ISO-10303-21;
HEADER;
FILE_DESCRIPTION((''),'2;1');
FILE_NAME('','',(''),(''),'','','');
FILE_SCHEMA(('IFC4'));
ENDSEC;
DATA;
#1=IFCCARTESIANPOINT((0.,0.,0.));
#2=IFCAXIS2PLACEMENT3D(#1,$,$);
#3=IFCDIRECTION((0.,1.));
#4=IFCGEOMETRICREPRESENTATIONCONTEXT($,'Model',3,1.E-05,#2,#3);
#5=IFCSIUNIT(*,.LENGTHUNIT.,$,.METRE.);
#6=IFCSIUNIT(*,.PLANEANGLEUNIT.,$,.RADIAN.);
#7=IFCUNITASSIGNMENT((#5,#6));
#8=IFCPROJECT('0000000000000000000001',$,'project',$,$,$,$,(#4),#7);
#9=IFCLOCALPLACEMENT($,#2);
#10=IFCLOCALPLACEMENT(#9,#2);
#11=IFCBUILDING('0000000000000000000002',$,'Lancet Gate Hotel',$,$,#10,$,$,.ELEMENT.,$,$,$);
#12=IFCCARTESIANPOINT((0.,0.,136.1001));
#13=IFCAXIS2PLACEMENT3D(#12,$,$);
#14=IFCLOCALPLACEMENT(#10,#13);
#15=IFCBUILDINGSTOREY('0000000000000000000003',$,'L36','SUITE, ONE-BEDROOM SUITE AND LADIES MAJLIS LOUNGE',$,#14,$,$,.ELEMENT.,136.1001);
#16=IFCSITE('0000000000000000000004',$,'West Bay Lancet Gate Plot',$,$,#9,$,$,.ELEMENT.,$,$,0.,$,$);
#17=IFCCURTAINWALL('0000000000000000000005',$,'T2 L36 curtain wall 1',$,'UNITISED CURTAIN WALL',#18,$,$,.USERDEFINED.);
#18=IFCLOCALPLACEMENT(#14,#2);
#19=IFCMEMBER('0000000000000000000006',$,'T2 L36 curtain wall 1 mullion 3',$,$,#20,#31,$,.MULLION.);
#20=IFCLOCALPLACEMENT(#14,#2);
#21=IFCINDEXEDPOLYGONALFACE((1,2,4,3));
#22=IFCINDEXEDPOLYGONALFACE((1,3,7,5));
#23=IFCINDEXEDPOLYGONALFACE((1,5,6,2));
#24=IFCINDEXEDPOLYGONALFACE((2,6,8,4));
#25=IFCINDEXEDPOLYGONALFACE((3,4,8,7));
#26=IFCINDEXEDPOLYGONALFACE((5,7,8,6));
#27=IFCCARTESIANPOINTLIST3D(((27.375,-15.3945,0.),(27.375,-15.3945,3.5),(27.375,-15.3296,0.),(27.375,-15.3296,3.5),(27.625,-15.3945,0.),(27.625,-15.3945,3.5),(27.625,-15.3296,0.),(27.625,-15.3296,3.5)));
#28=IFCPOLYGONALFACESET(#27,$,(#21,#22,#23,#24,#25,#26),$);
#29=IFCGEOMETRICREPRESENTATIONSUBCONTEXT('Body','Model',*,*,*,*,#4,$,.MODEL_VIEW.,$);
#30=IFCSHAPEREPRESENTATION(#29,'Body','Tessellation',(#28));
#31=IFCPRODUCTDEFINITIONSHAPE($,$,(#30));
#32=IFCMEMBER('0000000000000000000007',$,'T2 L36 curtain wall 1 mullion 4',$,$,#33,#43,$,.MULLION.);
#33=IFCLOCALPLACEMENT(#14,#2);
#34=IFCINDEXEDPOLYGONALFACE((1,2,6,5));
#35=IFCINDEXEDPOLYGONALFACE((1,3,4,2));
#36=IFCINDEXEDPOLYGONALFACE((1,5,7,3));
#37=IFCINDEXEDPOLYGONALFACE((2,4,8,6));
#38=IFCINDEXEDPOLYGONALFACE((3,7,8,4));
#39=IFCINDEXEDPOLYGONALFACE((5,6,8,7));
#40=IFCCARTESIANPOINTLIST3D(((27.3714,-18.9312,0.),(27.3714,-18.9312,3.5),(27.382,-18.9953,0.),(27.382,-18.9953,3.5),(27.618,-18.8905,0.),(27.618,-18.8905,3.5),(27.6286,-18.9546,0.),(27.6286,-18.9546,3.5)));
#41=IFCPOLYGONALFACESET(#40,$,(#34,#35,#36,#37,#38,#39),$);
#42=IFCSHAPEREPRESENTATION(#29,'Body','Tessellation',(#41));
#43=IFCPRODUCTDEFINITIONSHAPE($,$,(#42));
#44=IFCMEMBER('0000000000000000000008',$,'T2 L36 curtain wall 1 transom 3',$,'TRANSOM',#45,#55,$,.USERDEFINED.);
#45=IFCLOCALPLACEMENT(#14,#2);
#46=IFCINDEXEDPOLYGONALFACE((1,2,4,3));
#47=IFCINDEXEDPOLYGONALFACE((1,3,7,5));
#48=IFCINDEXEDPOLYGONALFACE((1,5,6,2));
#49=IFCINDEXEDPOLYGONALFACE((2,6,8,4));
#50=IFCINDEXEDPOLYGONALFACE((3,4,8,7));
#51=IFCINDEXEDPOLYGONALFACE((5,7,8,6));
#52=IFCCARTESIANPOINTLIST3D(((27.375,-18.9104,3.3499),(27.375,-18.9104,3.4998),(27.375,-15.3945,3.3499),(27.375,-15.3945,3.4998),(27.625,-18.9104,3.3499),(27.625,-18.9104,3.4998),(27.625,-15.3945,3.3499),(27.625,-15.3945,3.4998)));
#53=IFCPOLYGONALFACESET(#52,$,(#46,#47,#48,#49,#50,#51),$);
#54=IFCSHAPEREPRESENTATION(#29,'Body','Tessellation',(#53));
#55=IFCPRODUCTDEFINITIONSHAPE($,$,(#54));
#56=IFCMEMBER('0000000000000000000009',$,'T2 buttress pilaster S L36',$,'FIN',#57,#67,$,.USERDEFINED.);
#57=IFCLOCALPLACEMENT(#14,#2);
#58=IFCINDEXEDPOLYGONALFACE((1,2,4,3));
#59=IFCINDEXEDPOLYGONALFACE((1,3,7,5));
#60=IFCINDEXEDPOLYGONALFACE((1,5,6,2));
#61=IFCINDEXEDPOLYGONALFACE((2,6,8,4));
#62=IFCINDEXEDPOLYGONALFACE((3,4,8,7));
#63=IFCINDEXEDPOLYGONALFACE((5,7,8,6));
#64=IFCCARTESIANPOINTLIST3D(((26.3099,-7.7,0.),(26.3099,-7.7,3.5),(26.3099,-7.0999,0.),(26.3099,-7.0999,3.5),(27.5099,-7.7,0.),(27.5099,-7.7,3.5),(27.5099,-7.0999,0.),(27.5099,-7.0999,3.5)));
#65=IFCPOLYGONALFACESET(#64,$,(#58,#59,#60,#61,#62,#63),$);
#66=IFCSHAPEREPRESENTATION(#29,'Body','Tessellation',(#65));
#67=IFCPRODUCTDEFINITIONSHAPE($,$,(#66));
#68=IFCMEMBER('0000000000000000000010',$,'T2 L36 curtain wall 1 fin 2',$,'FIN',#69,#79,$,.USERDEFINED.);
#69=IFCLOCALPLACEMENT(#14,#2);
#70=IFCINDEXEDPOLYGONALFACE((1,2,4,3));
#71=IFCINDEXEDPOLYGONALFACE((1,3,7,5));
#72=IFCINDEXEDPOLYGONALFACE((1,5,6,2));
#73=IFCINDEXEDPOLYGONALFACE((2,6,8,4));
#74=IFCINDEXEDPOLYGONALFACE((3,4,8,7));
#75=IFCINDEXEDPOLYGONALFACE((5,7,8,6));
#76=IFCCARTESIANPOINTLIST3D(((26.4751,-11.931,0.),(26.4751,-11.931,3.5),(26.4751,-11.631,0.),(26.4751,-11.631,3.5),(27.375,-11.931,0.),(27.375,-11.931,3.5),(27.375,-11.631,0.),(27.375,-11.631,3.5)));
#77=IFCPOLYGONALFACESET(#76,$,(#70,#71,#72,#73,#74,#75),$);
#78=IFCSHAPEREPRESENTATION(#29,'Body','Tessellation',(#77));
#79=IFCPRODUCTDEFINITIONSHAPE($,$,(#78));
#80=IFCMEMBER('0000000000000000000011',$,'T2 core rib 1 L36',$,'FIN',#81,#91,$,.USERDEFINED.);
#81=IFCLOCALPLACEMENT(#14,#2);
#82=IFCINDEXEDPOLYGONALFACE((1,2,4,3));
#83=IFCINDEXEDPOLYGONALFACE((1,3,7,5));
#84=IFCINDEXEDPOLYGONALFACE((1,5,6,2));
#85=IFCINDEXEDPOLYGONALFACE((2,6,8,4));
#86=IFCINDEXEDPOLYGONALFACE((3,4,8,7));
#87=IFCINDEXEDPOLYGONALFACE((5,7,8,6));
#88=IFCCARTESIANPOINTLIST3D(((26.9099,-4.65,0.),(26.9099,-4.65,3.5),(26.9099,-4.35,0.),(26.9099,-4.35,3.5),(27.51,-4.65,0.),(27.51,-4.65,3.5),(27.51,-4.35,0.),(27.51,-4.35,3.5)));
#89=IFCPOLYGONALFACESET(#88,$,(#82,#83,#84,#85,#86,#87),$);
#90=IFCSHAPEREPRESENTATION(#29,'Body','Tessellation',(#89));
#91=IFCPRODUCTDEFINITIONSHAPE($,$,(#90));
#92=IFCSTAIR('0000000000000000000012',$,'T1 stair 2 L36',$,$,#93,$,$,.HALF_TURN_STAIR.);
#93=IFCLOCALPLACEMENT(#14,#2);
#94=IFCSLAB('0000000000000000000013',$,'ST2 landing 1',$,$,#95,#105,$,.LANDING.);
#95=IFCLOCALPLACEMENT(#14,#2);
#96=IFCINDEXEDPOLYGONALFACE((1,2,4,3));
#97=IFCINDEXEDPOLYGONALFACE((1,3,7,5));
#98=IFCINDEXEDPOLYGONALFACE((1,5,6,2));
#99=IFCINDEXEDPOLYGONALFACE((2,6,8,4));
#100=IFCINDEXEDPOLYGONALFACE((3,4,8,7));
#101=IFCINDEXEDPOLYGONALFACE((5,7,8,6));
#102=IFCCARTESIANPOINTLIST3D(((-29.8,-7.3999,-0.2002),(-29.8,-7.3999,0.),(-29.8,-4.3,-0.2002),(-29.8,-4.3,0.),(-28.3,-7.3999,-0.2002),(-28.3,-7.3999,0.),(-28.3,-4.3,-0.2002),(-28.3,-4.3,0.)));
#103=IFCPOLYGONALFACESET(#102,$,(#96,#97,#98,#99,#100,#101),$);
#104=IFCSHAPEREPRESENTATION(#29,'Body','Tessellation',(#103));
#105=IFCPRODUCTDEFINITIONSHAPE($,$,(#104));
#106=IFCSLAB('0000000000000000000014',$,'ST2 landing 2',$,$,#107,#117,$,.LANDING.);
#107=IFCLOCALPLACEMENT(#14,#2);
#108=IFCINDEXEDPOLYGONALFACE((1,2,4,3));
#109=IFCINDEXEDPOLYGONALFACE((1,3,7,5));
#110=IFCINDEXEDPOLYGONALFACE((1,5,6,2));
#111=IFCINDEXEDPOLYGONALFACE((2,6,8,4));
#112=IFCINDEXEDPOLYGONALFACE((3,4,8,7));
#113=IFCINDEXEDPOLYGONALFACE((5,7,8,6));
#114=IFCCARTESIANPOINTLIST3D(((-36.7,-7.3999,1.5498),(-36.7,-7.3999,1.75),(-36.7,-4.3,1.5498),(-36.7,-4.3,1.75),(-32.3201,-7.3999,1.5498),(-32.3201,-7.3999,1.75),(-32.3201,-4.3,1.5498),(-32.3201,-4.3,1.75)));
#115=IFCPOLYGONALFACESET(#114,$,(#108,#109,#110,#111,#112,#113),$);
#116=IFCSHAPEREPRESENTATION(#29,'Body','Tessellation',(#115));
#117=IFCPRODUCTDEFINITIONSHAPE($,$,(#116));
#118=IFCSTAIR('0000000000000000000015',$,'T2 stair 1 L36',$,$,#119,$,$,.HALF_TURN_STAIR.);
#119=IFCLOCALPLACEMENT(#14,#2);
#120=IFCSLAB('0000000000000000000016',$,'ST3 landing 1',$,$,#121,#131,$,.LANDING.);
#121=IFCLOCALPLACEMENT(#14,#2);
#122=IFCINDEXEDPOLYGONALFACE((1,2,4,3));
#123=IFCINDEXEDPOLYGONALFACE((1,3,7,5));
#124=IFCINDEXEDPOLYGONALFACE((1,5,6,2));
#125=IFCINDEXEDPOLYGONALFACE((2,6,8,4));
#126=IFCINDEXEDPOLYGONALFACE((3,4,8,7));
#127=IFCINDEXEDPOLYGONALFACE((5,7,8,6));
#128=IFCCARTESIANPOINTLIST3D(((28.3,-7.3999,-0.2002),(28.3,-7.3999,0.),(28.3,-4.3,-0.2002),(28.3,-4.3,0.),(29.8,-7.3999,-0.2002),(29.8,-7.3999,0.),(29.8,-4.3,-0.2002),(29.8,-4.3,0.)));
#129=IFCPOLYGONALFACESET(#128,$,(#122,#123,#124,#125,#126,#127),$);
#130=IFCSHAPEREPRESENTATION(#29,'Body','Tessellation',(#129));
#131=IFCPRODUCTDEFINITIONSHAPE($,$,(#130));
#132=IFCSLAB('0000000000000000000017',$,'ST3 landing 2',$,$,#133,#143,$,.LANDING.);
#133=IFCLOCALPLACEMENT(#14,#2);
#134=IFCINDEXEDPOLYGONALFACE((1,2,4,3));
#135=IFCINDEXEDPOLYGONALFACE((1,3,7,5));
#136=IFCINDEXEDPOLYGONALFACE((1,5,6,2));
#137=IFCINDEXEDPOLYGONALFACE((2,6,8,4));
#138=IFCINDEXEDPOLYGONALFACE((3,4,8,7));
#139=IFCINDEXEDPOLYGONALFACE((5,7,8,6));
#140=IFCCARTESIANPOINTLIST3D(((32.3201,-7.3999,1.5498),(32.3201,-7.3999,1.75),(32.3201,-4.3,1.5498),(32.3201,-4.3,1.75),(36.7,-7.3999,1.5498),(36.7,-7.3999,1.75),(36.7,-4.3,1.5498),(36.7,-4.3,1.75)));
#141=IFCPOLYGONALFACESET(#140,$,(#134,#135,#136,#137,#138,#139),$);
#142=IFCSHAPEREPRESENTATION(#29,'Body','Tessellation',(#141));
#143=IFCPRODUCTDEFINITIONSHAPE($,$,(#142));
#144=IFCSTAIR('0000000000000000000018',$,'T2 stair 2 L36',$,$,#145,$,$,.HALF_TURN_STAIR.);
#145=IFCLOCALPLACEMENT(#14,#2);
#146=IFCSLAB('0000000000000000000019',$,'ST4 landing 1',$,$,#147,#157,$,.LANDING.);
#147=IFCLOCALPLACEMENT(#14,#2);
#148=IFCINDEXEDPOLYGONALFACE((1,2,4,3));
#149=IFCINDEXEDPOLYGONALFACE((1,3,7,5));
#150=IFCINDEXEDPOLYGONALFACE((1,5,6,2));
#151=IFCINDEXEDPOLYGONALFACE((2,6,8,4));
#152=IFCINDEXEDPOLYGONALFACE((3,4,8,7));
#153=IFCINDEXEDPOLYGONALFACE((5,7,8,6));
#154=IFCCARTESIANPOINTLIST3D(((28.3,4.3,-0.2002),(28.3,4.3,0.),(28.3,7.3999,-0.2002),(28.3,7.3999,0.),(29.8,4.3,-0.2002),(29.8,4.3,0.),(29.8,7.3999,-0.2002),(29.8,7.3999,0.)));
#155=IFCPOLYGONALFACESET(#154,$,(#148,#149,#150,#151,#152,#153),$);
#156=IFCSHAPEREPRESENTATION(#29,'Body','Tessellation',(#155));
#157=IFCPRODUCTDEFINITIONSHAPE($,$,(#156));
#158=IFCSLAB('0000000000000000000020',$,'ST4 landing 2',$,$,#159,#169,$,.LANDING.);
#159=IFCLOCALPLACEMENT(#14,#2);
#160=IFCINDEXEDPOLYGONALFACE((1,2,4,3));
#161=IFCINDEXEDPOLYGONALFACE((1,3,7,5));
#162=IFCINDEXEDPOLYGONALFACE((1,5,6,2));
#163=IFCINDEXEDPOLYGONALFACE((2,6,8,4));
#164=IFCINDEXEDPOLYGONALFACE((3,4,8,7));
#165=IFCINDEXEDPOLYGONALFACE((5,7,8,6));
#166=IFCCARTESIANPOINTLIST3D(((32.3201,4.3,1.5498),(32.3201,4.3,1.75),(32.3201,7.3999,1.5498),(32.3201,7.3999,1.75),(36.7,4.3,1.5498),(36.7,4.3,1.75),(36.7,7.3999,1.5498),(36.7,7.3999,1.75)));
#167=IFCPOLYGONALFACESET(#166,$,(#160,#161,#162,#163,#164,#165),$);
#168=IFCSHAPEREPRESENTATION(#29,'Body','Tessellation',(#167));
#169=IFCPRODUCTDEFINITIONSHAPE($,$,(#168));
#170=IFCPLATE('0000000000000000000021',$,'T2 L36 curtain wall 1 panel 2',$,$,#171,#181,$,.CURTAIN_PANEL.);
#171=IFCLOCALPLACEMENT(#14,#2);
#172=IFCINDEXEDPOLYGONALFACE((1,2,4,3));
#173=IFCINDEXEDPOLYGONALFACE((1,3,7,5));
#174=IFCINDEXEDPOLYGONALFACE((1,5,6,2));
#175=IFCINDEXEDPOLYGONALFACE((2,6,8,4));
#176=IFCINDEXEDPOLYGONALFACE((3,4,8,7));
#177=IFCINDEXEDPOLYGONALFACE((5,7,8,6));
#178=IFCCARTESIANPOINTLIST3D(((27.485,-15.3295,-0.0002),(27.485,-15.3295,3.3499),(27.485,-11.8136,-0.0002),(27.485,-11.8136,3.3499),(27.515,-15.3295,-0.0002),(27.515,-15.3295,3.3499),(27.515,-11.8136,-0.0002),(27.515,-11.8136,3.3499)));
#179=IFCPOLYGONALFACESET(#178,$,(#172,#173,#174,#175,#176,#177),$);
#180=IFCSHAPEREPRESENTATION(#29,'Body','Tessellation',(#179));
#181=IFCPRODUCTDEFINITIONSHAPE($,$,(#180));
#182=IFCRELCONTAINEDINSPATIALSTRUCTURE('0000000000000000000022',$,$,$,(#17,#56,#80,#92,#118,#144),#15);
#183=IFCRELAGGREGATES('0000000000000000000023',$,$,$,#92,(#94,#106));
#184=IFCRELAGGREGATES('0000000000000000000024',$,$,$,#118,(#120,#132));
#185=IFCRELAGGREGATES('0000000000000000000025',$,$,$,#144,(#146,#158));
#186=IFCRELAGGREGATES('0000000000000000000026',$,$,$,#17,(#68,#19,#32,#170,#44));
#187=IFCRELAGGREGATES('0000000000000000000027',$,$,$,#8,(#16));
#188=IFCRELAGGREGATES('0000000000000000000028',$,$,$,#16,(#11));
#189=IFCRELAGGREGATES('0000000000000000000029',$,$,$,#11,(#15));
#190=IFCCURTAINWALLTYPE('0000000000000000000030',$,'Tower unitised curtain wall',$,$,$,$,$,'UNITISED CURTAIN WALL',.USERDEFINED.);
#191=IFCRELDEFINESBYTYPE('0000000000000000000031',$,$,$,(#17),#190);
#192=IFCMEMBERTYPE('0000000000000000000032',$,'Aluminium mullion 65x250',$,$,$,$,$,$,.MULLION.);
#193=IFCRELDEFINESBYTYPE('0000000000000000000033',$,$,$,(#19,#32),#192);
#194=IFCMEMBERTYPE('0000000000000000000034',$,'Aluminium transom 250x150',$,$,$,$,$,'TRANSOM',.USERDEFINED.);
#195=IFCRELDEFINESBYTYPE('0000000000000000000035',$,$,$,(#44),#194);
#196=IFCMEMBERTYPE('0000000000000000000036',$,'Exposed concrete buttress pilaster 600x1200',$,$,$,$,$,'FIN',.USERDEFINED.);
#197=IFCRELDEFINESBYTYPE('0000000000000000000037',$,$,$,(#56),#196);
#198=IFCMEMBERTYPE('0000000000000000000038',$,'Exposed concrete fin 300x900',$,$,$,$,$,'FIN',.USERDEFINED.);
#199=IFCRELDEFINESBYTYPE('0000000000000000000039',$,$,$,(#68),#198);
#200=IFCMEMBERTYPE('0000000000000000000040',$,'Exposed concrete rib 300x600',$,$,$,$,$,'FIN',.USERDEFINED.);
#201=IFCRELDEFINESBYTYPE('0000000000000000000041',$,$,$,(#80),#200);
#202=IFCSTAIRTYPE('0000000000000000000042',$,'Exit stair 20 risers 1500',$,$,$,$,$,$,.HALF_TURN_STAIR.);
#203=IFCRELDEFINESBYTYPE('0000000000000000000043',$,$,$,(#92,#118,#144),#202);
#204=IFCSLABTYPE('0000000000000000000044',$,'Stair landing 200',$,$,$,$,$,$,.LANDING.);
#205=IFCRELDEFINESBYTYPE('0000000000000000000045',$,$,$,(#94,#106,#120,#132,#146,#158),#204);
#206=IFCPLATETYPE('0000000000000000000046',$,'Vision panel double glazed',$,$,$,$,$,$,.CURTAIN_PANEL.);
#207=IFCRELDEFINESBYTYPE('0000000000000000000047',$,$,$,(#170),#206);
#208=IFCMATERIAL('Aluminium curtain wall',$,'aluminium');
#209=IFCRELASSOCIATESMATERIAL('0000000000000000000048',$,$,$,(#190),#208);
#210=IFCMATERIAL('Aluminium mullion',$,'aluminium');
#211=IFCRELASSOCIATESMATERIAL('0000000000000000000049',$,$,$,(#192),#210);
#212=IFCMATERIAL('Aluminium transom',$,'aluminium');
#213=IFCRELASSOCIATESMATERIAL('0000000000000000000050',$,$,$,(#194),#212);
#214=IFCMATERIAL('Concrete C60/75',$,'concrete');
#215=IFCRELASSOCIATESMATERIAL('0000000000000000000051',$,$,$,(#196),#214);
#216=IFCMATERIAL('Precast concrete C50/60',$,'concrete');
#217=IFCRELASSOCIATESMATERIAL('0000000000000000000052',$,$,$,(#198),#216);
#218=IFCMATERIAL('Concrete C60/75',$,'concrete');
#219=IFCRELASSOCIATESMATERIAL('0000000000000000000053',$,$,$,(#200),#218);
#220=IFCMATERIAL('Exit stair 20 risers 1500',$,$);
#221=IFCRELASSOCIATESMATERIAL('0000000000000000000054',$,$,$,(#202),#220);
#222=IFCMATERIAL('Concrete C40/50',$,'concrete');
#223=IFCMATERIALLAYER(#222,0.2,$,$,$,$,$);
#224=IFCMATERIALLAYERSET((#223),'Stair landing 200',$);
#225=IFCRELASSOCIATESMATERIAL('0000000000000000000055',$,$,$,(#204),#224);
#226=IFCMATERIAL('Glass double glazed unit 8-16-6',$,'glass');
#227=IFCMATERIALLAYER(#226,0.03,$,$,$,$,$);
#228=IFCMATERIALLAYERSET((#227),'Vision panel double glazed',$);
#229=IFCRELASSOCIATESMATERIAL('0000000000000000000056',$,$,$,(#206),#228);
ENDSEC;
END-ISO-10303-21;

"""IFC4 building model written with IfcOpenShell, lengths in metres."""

from ifc_helpers import new_model, si_unit, direction, frame, origin, origin_2d, place, context, subcontext, project, spatial, polyline, rectangle, outline, extrude, material, layer, layer_set, material_profile, profile_set, type_object, element, aggregate, save


model = new_model("IFC4")

# Units and contexts
model_context = context("Model", 3, precision=1e-05, world=origin(), true_north=direction((0.0, 1.0)))
body_context = subcontext(model_context, "Body", "Model", "MODEL_VIEW")
ifc_project = project(units=[si_unit("LENGTHUNIT", "METRE"), si_unit("PLANEANGLEUNIT", "RADIAN")], contexts=[model_context])

# Site, building, storey
site_placement = place(None, origin())
site = spatial("IfcSite", under=ifc_project, at=site_placement, Name="West Bay Lancet Gate Plot", CompositionType="ELEMENT", RefElevation=0.0)
building_placement = place(site_placement, origin())
building = spatial("IfcBuilding", under=site, at=building_placement, Name="Lancet Gate Hotel", CompositionType="ELEMENT")
storey_placement = place(building_placement, frame((0.0, 0.0, 136.1001)))
storey = spatial("IfcBuildingStorey", under=building, at=storey_placement, Name="L36", Description="SUITE, ONE-BEDROOM SUITE AND LADIES MAJLIS LOUNGE", CompositionType="ELEMENT", Elevation=136.1001)

# Curtain wall, members
ifc_material_1 = material(Name="Aluminium curtain wall", Category="aluminium")
curtain_wall_type = type_object("IfcCurtainWallType", Name="Tower unitised curtain wall", ElementType="UNITISED CURTAIN WALL", PredefinedType="USERDEFINED", material=ifc_material_1)
curtain_wall_placement = place(storey_placement, origin())
curtain_wall = element("IfcCurtainWall", 1, at=curtain_wall_placement, inside=storey, type_object=curtain_wall_type, Name="T2 L36 curtain wall 1", ObjectType="UNITISED CURTAIN WALL", PredefinedType="USERDEFINED")
ifc_material_2 = material(Name="Aluminium mullion", Category="aluminium")
ifc_material_profile_1 = material_profile(ifc_material_2, rectangle(XDim=0.0649, YDim=0.25, at=origin_2d()), Name="MULLION 65x250")
ifc_profile_set_1 = profile_set([ifc_material_profile_1], Name="Aluminium mullion")
member_type_1 = type_object("IfcMemberType", Name="Aluminium mullion 65x250", PredefinedType="MULLION", material=ifc_profile_set_1)
member_1_placement = place(storey_placement, frame((27.5, -15.3621, 0.0), z_axis=(0.0, 0.0, 1.0), x_axis=(0.0, -1.0, 0.0)))
member_1 = element("IfcMember", 2, at=member_1_placement, type_object=member_type_1, Name="T2 L36 curtain wall 1 mullion 3", PredefinedType="MULLION", context=body_context, shape_type="SweptSolid", body=[
    extrude(rectangle(XDim=0.0649, YDim=0.25, at=origin_2d()), origin(), (0.0, 0.0, 1.0), 3.5),
])
member_2_placement = place(storey_placement, frame((27.5, -18.9429, 0.0), z_axis=(0.0, 0.0, 1.0), x_axis=(0.162739, -0.986669, 0.0)))
member_2 = element("IfcMember", 3, at=member_2_placement, type_object=member_type_1, Name="T2 L36 curtain wall 1 mullion 4", PredefinedType="MULLION", context=body_context, shape_type="SweptSolid", body=[
    extrude(rectangle(XDim=0.0649, YDim=0.25, at=origin_2d()), origin(), (0.0, 0.0, 1.0), 3.5),
])
ifc_material_3 = material(Name="Aluminium transom", Category="aluminium")
ifc_material_profile_2 = material_profile(ifc_material_3, rectangle(XDim=0.25, YDim=0.1499, at=origin_2d()), Name="TRANSOM 250x150")
ifc_profile_set_2 = profile_set([ifc_material_profile_2], Name="Aluminium transom")
member_type_2 = type_object("IfcMemberType", Name="Aluminium transom 250x150", ElementType="TRANSOM", PredefinedType="USERDEFINED", material=ifc_profile_set_2)
member_3_placement = place(storey_placement, frame((27.5, -15.3945, 3.4248), z_axis=(0.0, -1.0, 0.0), x_axis=(1.0, 0.0, 0.0)))
member_3 = element("IfcMember", 4, at=member_3_placement, type_object=member_type_2, Name="T2 L36 curtain wall 1 transom 3", ObjectType="TRANSOM", PredefinedType="USERDEFINED", context=body_context, shape_type="SweptSolid", body=[
    extrude(rectangle(XDim=0.25, YDim=0.1499, at=origin_2d()), origin(), (0.0, 0.0, 1.0), 3.5159),
])

# Members
ifc_material_4 = material(Name="Concrete C60/75", Category="concrete")
ifc_material_profile_3 = material_profile(ifc_material_4, rectangle(XDim=0.6001, YDim=1.2, at=origin_2d()), Name="FIN 600x1200")
ifc_profile_set_3 = profile_set([ifc_material_profile_3], Name="Concrete C60/75")
member_type_3 = type_object("IfcMemberType", Name="Exposed concrete buttress pilaster 600x1200", ElementType="FIN", PredefinedType="USERDEFINED", material=ifc_profile_set_3)
member_4_placement = place(storey_placement, frame((26.9099, -7.3999, 0.0), z_axis=(0.0, 0.0, 1.0), x_axis=(0.0, 1.0, 0.0)))
element("IfcMember", 5, at=member_4_placement, inside=storey, type_object=member_type_3, Name="T2 buttress pilaster S L36", ObjectType="FIN", PredefinedType="USERDEFINED", context=body_context, shape_type="SweptSolid", body=[
    extrude(rectangle(XDim=0.6001, YDim=1.2, at=origin_2d()), origin(), (0.0, 0.0, 1.0), 3.5),
])
ifc_material_5 = material(Name="Precast concrete C50/60", Category="concrete")
ifc_material_profile_4 = material_profile(ifc_material_5, rectangle(XDim=0.3, YDim=0.8999, at=origin_2d()), Name="FIN 300x900")
ifc_profile_set_4 = profile_set([ifc_material_profile_4], Name="Precast concrete C50/60")
member_type_4 = type_object("IfcMemberType", Name="Exposed concrete fin 300x900", ElementType="FIN", PredefinedType="USERDEFINED", material=ifc_profile_set_4)
member_5_placement = place(storey_placement, frame((26.925, -11.781, 0.0), z_axis=(0.0, 0.0, 1.0), x_axis=(0.0, -1.0, 0.0)))
member_5 = element("IfcMember", 6, at=member_5_placement, type_object=member_type_4, Name="T2 L36 curtain wall 1 fin 2", ObjectType="FIN", PredefinedType="USERDEFINED", context=body_context, shape_type="SweptSolid", body=[
    extrude(rectangle(XDim=0.3, YDim=0.8999, at=origin_2d()), origin(), (0.0, 0.0, 1.0), 3.5),
])
ifc_material_6 = material(Name="Concrete C60/75", Category="concrete")
ifc_material_profile_5 = material_profile(ifc_material_6, rectangle(XDim=0.3, YDim=0.6001, at=origin_2d()), Name="FIN 300x600")
ifc_profile_set_5 = profile_set([ifc_material_profile_5], Name="Concrete C60/75")
member_type_5 = type_object("IfcMemberType", Name="Exposed concrete rib 300x600", ElementType="FIN", PredefinedType="USERDEFINED", material=ifc_profile_set_5)
member_6_placement = place(storey_placement, frame((27.21, -4.5, 0.0), z_axis=(0.0, 0.0, 1.0), x_axis=(0.0, 1.0, 0.0)))
element("IfcMember", 7, at=member_6_placement, inside=storey, type_object=member_type_5, Name="T2 core rib 1 L36", ObjectType="FIN", PredefinedType="USERDEFINED", context=body_context, shape_type="SweptSolid", body=[
    extrude(rectangle(XDim=0.3, YDim=0.6001, at=origin_2d()), origin(), (0.0, 0.0, 1.0), 3.5),
])

# Stairs, slabs
ifc_material_7 = material(Name="Exit stair 20 risers 1500")
stair_type = type_object("IfcStairType", Name="Exit stair 20 risers 1500", PredefinedType="HALF_TURN_STAIR", material=ifc_material_7)
stair_1_placement = place(storey_placement, origin())
stair_1 = element("IfcStair", 8, at=stair_1_placement, inside=storey, type_object=stair_type, Name="T1 stair 2 L36", PredefinedType="HALF_TURN_STAIR")
ifc_material_8 = material(Name="Concrete C40/50", Category="concrete")
ifc_layer_1 = layer(ifc_material_8, 0.2)
ifc_layer_set_1 = layer_set([ifc_layer_1], Name="Stair landing 200")
slab_type = type_object("IfcSlabType", Name="Stair landing 200", PredefinedType="LANDING", material=ifc_layer_set_1)
slab_1_placement = place(storey_placement, frame((0.0, 0.0, -0.2002)))
slab_1 = element("IfcSlab", 9, at=slab_1_placement, type_object=slab_type, Name="ST2 landing 1", PredefinedType="LANDING", context=body_context, shape_type="SweptSolid", body=[
    extrude(outline(polyline([(-28.3, -4.3), (-29.8, -4.3), (-29.8, -7.3999), (-28.3, -7.3999), (-28.3, -4.3)])), origin(), (0.0, 0.0, 1.0), 0.2002),
])
slab_2_placement = place(storey_placement, frame((0.0, 0.0, 1.5498)))
slab_2 = element("IfcSlab", 10, at=slab_2_placement, type_object=slab_type, Name="ST2 landing 2", PredefinedType="LANDING", context=body_context, shape_type="SweptSolid", body=[
    extrude(outline(polyline([(-32.3201, -4.3), (-36.7, -4.3), (-36.7, -7.3999), (-32.3201, -7.3999), (-32.3201, -4.3)])), origin(), (0.0, 0.0, 1.0), 0.2002),
])
aggregate(stair_1, [slab_1, slab_2])
stair_2_placement = place(storey_placement, origin())
stair_2 = element("IfcStair", 11, at=stair_2_placement, inside=storey, type_object=stair_type, Name="T2 stair 1 L36", PredefinedType="HALF_TURN_STAIR")
slab_3_placement = place(storey_placement, frame((0.0, 0.0, -0.2002)))
slab_3 = element("IfcSlab", 12, at=slab_3_placement, type_object=slab_type, Name="ST3 landing 1", PredefinedType="LANDING", context=body_context, shape_type="SweptSolid", body=[
    extrude(outline(polyline([(28.3, -7.3999), (29.8, -7.3999), (29.8, -4.3), (28.3, -4.3), (28.3, -7.3999)])), origin(), (0.0, 0.0, 1.0), 0.2002),
])
slab_4_placement = place(storey_placement, frame((0.0, 0.0, 1.5498)))
slab_4 = element("IfcSlab", 13, at=slab_4_placement, type_object=slab_type, Name="ST3 landing 2", PredefinedType="LANDING", context=body_context, shape_type="SweptSolid", body=[
    extrude(outline(polyline([(32.3201, -7.3999), (36.7, -7.3999), (36.7, -4.3), (32.3201, -4.3), (32.3201, -7.3999)])), origin(), (0.0, 0.0, 1.0), 0.2002),
])
aggregate(stair_2, [slab_3, slab_4])
stair_3_placement = place(storey_placement, origin())
stair_3 = element("IfcStair", 14, at=stair_3_placement, inside=storey, type_object=stair_type, Name="T2 stair 2 L36", PredefinedType="HALF_TURN_STAIR")
slab_5_placement = place(storey_placement, frame((0.0, 0.0, -0.2002)))
slab_5 = element("IfcSlab", 15, at=slab_5_placement, type_object=slab_type, Name="ST4 landing 1", PredefinedType="LANDING", context=body_context, shape_type="SweptSolid", body=[
    extrude(outline(polyline([(28.3, 4.3), (29.8, 4.3), (29.8, 7.3999), (28.3, 7.3999), (28.3, 4.3)])), origin(), (0.0, 0.0, 1.0), 0.2002),
])
slab_6_placement = place(storey_placement, frame((0.0, 0.0, 1.5498)))
slab_6 = element("IfcSlab", 16, at=slab_6_placement, type_object=slab_type, Name="ST4 landing 2", PredefinedType="LANDING", context=body_context, shape_type="SweptSolid", body=[
    extrude(outline(polyline([(32.3201, 4.3), (36.7, 4.3), (36.7, 7.3999), (32.3201, 7.3999), (32.3201, 4.3)])), origin(), (0.0, 0.0, 1.0), 0.2002),
])
aggregate(stair_3, [slab_5, slab_6])

# Plate
ifc_material_9 = material(Name="Glass double glazed unit 8-16-6", Category="glass")
ifc_layer_2 = layer(ifc_material_9, 0.03)
ifc_layer_set_2 = layer_set([ifc_layer_2], Name="Vision panel double glazed")
plate_type = type_object("IfcPlateType", Name="Vision panel double glazed", PredefinedType="CURTAIN_PANEL", material=ifc_layer_set_2)
plate_1_placement = place(storey_placement, frame((27.5, -13.5715, -0.0002), z_axis=(0.0, 0.0, 1.0), x_axis=(0.0, -1.0, 0.0)))
plate_1 = element("IfcPlate", 17, at=plate_1_placement, type_object=plate_type, Name="T2 L36 curtain wall 1 panel 2", PredefinedType="CURTAIN_PANEL", context=body_context, shape_type="SweptSolid", body=[
    extrude(rectangle(XDim=3.5159, YDim=0.03, at=origin_2d()), origin(), (0.0, 0.0, 1.0), 3.3501),
])
aggregate(curtain_wall, [member_5, member_1, member_2, plate_1, member_3])

save(model, "model.ifc")
